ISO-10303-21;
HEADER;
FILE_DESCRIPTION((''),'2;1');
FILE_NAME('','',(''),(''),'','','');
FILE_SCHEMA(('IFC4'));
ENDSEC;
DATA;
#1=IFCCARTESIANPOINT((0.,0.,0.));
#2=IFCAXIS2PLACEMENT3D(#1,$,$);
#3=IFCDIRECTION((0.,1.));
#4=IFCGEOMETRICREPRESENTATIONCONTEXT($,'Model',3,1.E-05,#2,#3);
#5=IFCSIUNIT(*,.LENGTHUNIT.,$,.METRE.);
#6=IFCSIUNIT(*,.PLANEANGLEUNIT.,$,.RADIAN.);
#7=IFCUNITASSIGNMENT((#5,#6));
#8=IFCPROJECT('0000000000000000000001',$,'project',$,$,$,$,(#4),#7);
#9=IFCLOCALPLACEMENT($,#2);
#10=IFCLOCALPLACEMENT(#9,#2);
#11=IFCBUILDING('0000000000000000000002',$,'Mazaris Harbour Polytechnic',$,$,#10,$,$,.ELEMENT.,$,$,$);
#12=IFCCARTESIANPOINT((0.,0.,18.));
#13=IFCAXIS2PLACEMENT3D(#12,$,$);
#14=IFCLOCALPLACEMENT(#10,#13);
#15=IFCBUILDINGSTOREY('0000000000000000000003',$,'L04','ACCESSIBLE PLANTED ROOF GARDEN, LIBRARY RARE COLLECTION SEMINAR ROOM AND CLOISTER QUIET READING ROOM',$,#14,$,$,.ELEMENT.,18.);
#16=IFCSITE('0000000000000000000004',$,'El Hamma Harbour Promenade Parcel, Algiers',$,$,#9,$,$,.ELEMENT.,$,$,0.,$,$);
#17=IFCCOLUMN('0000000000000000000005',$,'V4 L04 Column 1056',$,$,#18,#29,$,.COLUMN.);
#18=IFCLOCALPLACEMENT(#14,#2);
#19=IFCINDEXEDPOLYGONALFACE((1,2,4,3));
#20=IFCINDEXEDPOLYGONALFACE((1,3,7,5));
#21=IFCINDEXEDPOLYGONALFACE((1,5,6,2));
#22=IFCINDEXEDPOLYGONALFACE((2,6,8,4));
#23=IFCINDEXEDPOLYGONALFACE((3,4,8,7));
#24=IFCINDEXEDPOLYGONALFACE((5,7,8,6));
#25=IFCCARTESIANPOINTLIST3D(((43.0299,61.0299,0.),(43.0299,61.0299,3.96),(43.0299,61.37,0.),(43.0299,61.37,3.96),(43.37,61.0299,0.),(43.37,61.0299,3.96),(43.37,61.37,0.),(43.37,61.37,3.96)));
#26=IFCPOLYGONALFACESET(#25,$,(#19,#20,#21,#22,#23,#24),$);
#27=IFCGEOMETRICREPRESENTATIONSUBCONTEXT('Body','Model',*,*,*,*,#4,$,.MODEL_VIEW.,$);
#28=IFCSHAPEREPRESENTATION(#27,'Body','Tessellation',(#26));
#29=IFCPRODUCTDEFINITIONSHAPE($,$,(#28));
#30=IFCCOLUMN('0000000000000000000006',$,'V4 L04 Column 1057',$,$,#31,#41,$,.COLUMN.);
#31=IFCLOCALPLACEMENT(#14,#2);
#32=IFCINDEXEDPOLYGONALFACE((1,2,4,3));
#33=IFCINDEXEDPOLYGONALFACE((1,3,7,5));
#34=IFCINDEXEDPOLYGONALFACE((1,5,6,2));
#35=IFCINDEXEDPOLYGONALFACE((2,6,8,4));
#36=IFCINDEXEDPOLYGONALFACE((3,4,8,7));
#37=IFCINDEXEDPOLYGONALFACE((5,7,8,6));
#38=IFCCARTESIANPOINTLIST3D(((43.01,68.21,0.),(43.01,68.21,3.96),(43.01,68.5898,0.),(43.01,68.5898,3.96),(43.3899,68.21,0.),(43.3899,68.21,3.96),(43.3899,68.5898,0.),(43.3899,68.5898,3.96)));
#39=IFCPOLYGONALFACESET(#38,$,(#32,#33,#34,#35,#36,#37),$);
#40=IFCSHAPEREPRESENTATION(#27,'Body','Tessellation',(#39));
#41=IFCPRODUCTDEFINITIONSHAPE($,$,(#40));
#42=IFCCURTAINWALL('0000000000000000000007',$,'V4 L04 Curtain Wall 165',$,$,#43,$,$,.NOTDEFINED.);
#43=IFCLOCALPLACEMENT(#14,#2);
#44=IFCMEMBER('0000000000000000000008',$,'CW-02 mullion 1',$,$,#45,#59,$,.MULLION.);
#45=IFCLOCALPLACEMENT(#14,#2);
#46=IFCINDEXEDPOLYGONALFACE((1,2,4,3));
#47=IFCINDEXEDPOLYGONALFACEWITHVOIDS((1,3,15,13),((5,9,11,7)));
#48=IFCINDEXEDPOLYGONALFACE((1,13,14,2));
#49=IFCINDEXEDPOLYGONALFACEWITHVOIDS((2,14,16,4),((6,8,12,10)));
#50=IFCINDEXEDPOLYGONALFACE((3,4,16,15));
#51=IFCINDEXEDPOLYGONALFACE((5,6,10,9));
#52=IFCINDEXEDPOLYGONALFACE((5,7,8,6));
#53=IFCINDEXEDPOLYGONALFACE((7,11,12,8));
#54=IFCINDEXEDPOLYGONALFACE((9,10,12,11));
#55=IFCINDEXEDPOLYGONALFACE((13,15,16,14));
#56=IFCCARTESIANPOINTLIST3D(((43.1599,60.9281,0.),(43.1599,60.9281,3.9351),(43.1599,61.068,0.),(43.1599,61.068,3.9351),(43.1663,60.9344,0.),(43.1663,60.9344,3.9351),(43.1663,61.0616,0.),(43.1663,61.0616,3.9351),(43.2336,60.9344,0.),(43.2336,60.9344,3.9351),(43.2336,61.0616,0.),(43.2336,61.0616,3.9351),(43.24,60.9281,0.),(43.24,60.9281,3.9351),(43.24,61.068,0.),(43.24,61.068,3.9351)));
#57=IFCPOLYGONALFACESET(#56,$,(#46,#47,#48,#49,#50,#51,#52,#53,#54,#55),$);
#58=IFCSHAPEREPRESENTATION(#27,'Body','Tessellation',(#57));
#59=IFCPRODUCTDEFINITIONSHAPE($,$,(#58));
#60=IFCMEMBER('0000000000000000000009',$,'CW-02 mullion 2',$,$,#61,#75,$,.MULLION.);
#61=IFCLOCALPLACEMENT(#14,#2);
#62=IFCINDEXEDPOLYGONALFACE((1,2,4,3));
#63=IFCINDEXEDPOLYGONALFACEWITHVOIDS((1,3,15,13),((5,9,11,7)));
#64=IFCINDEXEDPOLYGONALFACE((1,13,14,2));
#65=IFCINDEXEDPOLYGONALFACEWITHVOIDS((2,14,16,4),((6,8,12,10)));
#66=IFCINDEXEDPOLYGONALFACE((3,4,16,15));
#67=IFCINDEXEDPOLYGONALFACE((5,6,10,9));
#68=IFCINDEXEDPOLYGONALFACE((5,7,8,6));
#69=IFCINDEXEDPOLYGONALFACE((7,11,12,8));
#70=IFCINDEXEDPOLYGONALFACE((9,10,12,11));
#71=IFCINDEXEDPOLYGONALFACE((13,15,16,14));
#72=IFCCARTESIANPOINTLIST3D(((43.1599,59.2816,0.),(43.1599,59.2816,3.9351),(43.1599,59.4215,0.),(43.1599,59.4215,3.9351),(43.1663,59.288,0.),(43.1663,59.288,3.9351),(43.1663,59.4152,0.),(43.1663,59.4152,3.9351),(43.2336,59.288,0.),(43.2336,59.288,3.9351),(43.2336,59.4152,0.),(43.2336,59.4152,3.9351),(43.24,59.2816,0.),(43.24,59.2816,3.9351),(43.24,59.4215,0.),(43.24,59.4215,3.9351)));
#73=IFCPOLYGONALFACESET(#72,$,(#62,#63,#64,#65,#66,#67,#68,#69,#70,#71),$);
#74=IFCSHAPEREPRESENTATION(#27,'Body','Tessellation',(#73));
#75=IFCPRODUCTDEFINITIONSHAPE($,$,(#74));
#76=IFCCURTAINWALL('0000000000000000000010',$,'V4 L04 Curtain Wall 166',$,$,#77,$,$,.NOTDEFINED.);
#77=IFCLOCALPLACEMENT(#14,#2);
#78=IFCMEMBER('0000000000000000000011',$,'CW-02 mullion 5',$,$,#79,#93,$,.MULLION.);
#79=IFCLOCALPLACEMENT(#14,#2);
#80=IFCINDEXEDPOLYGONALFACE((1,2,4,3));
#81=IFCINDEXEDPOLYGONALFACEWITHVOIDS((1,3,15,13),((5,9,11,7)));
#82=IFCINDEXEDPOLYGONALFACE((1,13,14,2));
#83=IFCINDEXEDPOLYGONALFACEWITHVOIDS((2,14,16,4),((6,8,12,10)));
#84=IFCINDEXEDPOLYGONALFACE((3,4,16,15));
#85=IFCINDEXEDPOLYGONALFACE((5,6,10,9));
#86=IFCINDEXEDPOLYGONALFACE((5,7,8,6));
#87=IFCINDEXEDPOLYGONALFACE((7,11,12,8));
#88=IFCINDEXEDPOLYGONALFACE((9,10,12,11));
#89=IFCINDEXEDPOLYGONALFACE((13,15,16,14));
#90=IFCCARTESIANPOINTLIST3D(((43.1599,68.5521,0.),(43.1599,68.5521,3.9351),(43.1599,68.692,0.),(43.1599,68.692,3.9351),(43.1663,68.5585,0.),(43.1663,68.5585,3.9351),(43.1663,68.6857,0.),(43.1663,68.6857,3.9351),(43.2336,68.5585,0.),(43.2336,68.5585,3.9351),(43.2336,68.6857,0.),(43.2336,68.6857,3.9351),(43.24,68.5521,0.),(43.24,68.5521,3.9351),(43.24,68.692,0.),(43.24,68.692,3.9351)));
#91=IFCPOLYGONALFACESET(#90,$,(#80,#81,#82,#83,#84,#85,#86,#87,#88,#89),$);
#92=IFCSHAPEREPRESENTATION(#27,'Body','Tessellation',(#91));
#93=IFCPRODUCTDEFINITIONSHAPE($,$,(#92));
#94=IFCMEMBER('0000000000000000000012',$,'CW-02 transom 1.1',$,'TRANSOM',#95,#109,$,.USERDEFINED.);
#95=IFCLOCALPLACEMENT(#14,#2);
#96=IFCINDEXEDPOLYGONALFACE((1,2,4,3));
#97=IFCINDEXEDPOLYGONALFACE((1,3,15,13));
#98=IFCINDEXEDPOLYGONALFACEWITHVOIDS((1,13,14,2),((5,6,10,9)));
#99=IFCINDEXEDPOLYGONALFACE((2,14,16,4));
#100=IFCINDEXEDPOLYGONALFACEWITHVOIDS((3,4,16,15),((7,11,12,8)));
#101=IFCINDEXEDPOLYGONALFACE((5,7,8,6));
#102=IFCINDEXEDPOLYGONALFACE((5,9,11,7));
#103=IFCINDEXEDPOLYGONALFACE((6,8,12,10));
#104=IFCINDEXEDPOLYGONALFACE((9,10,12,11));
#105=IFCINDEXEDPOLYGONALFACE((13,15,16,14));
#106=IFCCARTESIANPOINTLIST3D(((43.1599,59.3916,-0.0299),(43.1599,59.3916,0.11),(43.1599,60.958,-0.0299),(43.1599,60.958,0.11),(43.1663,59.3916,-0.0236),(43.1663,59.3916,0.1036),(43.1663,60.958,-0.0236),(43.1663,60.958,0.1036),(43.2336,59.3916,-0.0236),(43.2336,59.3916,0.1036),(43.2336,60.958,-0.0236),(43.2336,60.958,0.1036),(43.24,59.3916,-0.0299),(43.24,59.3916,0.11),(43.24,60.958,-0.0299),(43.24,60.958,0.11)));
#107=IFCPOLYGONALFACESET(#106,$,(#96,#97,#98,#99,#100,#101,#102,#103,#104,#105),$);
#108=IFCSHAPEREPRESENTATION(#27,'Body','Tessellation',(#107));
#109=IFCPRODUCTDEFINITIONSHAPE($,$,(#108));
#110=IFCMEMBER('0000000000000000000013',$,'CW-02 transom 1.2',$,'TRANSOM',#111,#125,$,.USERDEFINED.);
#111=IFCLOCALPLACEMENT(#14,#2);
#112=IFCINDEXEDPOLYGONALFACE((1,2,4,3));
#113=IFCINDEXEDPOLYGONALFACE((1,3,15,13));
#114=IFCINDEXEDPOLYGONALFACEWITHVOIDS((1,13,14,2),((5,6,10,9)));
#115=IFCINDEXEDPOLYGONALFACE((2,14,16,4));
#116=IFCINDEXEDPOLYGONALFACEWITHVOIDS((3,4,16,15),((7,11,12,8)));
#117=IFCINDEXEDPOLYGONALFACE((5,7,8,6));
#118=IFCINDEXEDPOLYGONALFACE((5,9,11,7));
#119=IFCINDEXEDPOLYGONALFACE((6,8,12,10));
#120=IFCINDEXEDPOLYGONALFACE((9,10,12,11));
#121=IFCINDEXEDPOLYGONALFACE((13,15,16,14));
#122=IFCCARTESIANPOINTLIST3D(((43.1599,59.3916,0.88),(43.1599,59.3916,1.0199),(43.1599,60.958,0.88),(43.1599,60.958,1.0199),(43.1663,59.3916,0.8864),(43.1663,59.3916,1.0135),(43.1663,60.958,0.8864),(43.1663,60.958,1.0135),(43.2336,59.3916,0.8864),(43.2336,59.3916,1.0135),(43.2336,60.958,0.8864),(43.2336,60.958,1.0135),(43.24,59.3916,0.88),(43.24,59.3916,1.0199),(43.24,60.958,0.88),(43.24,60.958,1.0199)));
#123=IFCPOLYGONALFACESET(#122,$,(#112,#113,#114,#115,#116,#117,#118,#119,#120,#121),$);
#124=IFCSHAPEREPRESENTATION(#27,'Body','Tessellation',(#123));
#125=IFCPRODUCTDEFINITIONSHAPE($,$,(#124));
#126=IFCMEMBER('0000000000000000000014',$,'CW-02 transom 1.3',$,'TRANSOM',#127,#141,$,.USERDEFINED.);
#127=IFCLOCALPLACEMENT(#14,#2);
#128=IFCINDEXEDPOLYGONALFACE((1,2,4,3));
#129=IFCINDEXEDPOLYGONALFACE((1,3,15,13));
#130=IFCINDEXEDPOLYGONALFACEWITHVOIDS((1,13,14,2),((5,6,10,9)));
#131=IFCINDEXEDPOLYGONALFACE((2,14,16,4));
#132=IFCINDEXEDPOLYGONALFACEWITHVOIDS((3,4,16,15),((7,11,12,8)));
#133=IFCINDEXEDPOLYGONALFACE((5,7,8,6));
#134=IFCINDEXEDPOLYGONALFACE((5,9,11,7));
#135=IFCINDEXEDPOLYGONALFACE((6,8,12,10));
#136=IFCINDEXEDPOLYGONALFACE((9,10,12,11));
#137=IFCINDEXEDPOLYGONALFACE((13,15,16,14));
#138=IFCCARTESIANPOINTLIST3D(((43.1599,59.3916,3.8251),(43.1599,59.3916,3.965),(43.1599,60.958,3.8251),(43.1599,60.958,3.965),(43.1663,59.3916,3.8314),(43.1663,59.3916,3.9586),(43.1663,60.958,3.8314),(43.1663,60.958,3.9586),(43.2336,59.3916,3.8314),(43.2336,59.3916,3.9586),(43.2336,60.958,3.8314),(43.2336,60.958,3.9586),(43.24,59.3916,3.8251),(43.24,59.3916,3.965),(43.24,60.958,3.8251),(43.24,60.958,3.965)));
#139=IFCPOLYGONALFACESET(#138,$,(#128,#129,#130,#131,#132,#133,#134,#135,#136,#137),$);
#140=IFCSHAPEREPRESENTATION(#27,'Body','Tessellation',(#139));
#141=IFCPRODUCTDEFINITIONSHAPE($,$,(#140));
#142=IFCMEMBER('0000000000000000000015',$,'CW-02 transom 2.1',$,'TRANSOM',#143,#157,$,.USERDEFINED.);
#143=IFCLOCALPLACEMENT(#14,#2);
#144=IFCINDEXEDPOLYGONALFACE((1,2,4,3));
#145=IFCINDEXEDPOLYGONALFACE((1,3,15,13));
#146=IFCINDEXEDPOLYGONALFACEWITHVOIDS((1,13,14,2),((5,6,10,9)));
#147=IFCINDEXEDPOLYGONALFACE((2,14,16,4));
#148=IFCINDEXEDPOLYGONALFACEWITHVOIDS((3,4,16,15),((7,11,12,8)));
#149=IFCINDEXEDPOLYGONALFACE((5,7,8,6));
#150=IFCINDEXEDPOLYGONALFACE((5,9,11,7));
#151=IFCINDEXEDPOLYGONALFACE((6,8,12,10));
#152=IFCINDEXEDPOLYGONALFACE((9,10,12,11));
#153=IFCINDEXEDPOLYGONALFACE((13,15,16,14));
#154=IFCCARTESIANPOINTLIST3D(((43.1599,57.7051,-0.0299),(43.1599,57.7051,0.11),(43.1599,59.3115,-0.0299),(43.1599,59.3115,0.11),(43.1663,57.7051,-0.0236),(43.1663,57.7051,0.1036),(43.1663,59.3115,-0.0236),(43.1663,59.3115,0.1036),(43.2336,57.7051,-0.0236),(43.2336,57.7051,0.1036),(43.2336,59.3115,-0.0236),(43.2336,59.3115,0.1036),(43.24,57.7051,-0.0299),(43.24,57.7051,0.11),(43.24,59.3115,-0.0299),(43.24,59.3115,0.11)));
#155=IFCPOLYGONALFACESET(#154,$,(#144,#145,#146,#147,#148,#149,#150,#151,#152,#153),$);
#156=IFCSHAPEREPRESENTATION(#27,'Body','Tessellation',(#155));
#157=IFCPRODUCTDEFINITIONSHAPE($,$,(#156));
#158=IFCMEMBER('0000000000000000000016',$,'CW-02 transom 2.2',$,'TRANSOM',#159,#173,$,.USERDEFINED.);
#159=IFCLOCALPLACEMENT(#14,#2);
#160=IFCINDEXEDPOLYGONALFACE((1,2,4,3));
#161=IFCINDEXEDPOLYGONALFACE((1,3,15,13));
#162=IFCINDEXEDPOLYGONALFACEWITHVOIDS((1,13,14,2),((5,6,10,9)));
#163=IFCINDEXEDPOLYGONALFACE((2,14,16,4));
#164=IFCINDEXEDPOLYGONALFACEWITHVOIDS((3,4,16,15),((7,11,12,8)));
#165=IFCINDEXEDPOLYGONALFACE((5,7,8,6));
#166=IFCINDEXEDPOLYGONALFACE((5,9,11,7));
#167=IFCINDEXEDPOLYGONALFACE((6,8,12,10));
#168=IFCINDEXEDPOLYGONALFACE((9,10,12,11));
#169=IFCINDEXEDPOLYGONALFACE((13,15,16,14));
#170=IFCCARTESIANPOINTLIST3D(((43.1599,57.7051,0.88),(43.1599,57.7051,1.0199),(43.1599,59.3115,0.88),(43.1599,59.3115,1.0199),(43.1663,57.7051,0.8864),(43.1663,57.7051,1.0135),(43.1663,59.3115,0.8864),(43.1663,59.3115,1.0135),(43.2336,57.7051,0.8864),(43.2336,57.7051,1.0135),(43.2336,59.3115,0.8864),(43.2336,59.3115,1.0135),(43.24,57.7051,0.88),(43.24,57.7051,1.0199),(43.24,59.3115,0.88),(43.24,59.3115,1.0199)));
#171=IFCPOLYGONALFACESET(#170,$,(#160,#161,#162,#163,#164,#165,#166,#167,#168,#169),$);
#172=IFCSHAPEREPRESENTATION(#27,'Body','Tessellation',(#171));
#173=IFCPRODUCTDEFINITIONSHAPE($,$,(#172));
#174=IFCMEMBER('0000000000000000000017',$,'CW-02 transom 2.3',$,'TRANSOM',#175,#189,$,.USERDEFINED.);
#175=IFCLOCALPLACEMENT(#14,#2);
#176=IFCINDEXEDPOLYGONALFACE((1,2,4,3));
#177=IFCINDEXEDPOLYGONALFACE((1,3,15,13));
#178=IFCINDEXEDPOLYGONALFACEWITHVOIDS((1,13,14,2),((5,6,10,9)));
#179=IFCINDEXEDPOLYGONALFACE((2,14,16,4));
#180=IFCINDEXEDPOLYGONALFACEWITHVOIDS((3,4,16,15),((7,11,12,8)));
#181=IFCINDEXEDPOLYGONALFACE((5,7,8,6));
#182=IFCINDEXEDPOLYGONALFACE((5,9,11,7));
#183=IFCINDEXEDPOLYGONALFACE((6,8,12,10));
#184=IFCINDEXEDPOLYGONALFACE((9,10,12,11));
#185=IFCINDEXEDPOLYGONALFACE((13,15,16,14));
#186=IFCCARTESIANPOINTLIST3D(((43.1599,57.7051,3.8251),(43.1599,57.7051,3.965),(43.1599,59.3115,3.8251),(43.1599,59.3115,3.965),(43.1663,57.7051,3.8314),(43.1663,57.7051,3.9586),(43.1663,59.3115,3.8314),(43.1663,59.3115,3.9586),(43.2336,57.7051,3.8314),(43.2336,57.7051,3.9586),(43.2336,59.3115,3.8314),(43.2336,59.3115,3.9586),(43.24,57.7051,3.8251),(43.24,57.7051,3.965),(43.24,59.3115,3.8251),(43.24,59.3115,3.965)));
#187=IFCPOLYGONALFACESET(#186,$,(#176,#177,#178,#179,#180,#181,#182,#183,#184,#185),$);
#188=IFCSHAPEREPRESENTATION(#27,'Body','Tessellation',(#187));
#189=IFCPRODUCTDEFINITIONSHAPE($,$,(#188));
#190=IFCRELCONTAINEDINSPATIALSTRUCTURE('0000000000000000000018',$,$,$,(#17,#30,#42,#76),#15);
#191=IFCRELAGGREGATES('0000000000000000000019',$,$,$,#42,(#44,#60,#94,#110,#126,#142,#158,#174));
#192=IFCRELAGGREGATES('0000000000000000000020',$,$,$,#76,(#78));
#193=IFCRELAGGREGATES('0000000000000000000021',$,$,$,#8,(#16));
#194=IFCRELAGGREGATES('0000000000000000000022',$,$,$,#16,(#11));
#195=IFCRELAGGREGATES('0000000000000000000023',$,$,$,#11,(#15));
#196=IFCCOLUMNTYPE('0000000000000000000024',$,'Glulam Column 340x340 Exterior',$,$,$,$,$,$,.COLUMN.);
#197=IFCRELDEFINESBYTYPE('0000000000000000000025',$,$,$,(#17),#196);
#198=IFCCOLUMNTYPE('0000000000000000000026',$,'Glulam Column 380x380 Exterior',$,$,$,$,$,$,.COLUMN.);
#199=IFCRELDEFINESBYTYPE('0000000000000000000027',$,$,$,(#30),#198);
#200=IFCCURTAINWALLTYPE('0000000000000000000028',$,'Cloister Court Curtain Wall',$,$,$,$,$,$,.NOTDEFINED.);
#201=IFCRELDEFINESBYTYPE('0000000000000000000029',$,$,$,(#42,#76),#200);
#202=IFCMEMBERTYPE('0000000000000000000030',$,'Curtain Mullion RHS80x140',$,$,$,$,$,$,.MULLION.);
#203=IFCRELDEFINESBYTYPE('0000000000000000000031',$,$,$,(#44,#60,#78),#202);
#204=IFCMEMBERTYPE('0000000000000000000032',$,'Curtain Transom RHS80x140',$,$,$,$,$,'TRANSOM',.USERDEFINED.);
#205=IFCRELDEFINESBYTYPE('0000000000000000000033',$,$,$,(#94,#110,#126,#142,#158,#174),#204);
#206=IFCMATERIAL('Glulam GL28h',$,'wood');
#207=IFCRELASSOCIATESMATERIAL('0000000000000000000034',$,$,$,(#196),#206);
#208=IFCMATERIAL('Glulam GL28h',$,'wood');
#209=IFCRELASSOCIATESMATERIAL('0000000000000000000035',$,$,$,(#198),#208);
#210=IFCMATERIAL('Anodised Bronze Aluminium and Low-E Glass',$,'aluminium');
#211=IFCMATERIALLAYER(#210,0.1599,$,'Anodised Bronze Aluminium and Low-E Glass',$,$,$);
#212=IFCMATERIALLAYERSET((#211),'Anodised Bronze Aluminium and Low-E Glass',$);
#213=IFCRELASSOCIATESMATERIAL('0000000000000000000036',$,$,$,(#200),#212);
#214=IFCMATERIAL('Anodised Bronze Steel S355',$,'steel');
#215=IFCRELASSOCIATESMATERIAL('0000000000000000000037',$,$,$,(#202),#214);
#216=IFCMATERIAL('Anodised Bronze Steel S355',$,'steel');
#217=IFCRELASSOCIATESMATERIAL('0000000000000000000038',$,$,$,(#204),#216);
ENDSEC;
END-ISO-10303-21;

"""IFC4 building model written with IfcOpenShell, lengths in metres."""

from ifc_helpers import new_model, si_unit, direction, frame, origin, origin_2d, place, context, subcontext, project, spatial, rectangle, hollow_rectangle, extrude, material, layer, layer_set, material_profile, profile_set, type_object, element, aggregate, save


model = new_model("IFC4")

# Units and contexts
model_context = context("Model", 3, precision=1e-05, world=origin(), true_north=direction((0.0, 1.0)))
body_context = subcontext(model_context, "Body", "Model", "MODEL_VIEW")
ifc_project = project(units=[si_unit("LENGTHUNIT", "METRE"), si_unit("PLANEANGLEUNIT", "RADIAN")], contexts=[model_context])

# Site, building, storey
site_placement = place(None, origin())
site = spatial("IfcSite", under=ifc_project, at=site_placement, Name="El Hamma Harbour Promenade Parcel, Algiers", CompositionType="ELEMENT", RefElevation=0.0)
building_placement = place(site_placement, origin())
building = spatial("IfcBuilding", under=site, at=building_placement, Name="Mazaris Harbour Polytechnic", CompositionType="ELEMENT")
storey_placement = place(building_placement, frame((0.0, 0.0, 18.0)))
storey = spatial("IfcBuildingStorey", under=building, at=storey_placement, Name="L04", Description="ACCESSIBLE PLANTED ROOF GARDEN, LIBRARY RARE COLLECTION SEMINAR ROOM AND CLOISTER QUIET READING ROOM", CompositionType="ELEMENT", Elevation=18.0)

# Columns
ifc_material_1 = material(Name="Glulam GL28h", Category="wood")
ifc_material_profile_1 = material_profile(ifc_material_1, rectangle(XDim=0.3401, YDim=0.3401, at=origin_2d()), Name="RECT340x340")
ifc_profile_set_1 = profile_set([ifc_material_profile_1], Name="Glulam GL28h")
column_type_1 = type_object("IfcColumnType", Name="Glulam Column 340x340 Exterior", PredefinedType="COLUMN", material=ifc_profile_set_1)
column_1_placement = place(storey_placement, frame((43.2, 61.2, 0.0), z_axis=(0.0, 0.0, 1.0), x_axis=(1.0, 0.0, 0.0)))
element("IfcColumn", 1, at=column_1_placement, inside=storey, type_object=column_type_1, Name="V4 L04 Column 1056", PredefinedType="COLUMN", context=body_context, shape_type="SweptSolid", body=[
    extrude(rectangle(XDim=0.3401, YDim=0.3401, at=origin_2d()), origin(), (0.0, 0.0, 1.0), 3.96),
])
ifc_material_2 = material(Name="Glulam GL28h", Category="wood")
ifc_material_profile_2 = material_profile(ifc_material_2, rectangle(XDim=0.3799, YDim=0.3799, at=origin_2d()), Name="RECT380x380")
ifc_profile_set_2 = profile_set([ifc_material_profile_2], Name="Glulam GL28h")
column_type_2 = type_object("IfcColumnType", Name="Glulam Column 380x380 Exterior", PredefinedType="COLUMN", material=ifc_profile_set_2)
column_2_placement = place(storey_placement, frame((43.2, 68.3999, 0.0), z_axis=(0.0, 0.0, 1.0), x_axis=(1.0, 0.0, 0.0)))
element("IfcColumn", 2, at=column_2_placement, inside=storey, type_object=column_type_2, Name="V4 L04 Column 1057", PredefinedType="COLUMN", context=body_context, shape_type="SweptSolid", body=[
    extrude(rectangle(XDim=0.3799, YDim=0.3799, at=origin_2d()), origin(), (0.0, 0.0, 1.0), 3.96),
])

# Curtain wall, members
ifc_material_3 = material(Name="Anodised Bronze Aluminium and Low-E Glass", Category="aluminium")
ifc_layer_1 = layer(ifc_material_3, 0.1599, Name="Anodised Bronze Aluminium and Low-E Glass")
ifc_layer_set_1 = layer_set([ifc_layer_1], Name="Anodised Bronze Aluminium and Low-E Glass")
curtain_wall_type = type_object("IfcCurtainWallType", Name="Cloister Court Curtain Wall", PredefinedType="NOTDEFINED", material=ifc_layer_set_1)
curtain_wall_1_placement = place(storey_placement, origin())
curtain_wall_1 = element("IfcCurtainWall", 3, at=curtain_wall_1_placement, inside=storey, type_object=curtain_wall_type, Name="V4 L04 Curtain Wall 165", PredefinedType="NOTDEFINED")
ifc_material_4 = material(Name="Anodised Bronze Steel S355", Category="steel")
ifc_material_profile_3 = material_profile(ifc_material_4, hollow_rectangle(XDim=0.0801, YDim=0.1399, WallThickness=0.0063, at=origin_2d()), Name="RHS 80x140x6.3")
ifc_profile_set_3 = profile_set([ifc_material_profile_3], Name="Anodised Bronze Steel S355")
member_type_1 = type_object("IfcMemberType", Name="Curtain Mullion RHS80x140", PredefinedType="MULLION", material=ifc_profile_set_3)
member_1_placement = place(storey_placement, frame((43.2, 60.998, 0.0), z_axis=(0.0, 0.0, 1.0), x_axis=(1.0, 0.0, 0.0)))
member_1 = element("IfcMember", 4, at=member_1_placement, type_object=member_type_1, Name="CW-02 mullion 1", PredefinedType="MULLION", context=body_context, shape_type="SweptSolid", body=[
    extrude(hollow_rectangle(XDim=0.0801, YDim=0.1399, WallThickness=0.0063, at=origin_2d()), origin(), (0.0, 0.0, 1.0), 3.9351),
])
member_2_placement = place(storey_placement, frame((43.2, 59.3516, 0.0), z_axis=(0.0, 0.0, 1.0), x_axis=(1.0, 0.0, 0.0)))
member_2 = element("IfcMember", 5, at=member_2_placement, type_object=member_type_1, Name="CW-02 mullion 2", PredefinedType="MULLION", context=body_context, shape_type="SweptSolid", body=[
    extrude(hollow_rectangle(XDim=0.0801, YDim=0.1399, WallThickness=0.0063, at=origin_2d()), origin(), (0.0, 0.0, 1.0), 3.9351),
])

# Curtain wall, member
curtain_wall_2_placement = place(storey_placement, origin())
curtain_wall_2 = element("IfcCurtainWall", 6, at=curtain_wall_2_placement, inside=storey, type_object=curtain_wall_type, Name="V4 L04 Curtain Wall 166", PredefinedType="NOTDEFINED")
member_3_placement = place(storey_placement, frame((43.2, 68.6221, 0.0), z_axis=(0.0, 0.0, 1.0), x_axis=(1.0, 0.0, 0.0)))
member_3 = element("IfcMember", 7, at=member_3_placement, type_object=member_type_1, Name="CW-02 mullion 5", PredefinedType="MULLION", context=body_context, shape_type="SweptSolid", body=[
    extrude(hollow_rectangle(XDim=0.0801, YDim=0.1399, WallThickness=0.0063, at=origin_2d()), origin(), (0.0, 0.0, 1.0), 3.9351),
])

# Members
ifc_material_5 = material(Name="Anodised Bronze Steel S355", Category="steel")
ifc_material_profile_4 = material_profile(ifc_material_5, hollow_rectangle(XDim=0.0801, YDim=0.1399, WallThickness=0.0063, at=origin_2d()), Name="RHS 80x140x6.3")
ifc_profile_set_4 = profile_set([ifc_material_profile_4], Name="Anodised Bronze Steel S355")
member_type_2 = type_object("IfcMemberType", Name="Curtain Transom RHS80x140", ElementType="TRANSOM", PredefinedType="USERDEFINED", material=ifc_profile_set_4)
member_4_placement = place(storey_placement, frame((43.2, 60.958, 0.04), z_axis=(0.0, -1.0, 0.0), x_axis=(1.0, 0.0, 0.0)))
member_4 = element("IfcMember", 8, at=member_4_placement, type_object=member_type_2, Name="CW-02 transom 1.1", ObjectType="TRANSOM", PredefinedType="USERDEFINED", context=body_context, shape_type="SweptSolid", body=[
    extrude(hollow_rectangle(XDim=0.0801, YDim=0.1399, WallThickness=0.0063, at=origin_2d()), origin(), (0.0, 0.0, 1.0), 1.5664),
])
member_5_placement = place(storey_placement, frame((43.2, 60.958, 0.95), z_axis=(0.0, -1.0, 0.0), x_axis=(1.0, 0.0, 0.0)))
member_5 = element("IfcMember", 9, at=member_5_placement, type_object=member_type_2, Name="CW-02 transom 1.2", ObjectType="TRANSOM", PredefinedType="USERDEFINED", context=body_context, shape_type="SweptSolid", body=[
    extrude(hollow_rectangle(XDim=0.0801, YDim=0.1399, WallThickness=0.0063, at=origin_2d()), origin(), (0.0, 0.0, 1.0), 1.5664),
])
member_6_placement = place(storey_placement, frame((43.2, 60.958, 3.895), z_axis=(0.0, -1.0, 0.0), x_axis=(1.0, 0.0, 0.0)))
member_6 = element("IfcMember", 10, at=member_6_placement, type_object=member_type_2, Name="CW-02 transom 1.3", ObjectType="TRANSOM", PredefinedType="USERDEFINED", context=body_context, shape_type="SweptSolid", body=[
    extrude(hollow_rectangle(XDim=0.0801, YDim=0.1399, WallThickness=0.0063, at=origin_2d()), origin(), (0.0, 0.0, 1.0), 1.5664),
])
member_7_placement = place(storey_placement, frame((43.2, 59.3115, 0.04), z_axis=(0.0, -1.0, 0.0), x_axis=(1.0, 0.0, 0.0)))
member_7 = element("IfcMember", 11, at=member_7_placement, type_object=member_type_2, Name="CW-02 transom 2.1", ObjectType="TRANSOM", PredefinedType="USERDEFINED", context=body_context, shape_type="SweptSolid", body=[
    extrude(hollow_rectangle(XDim=0.0801, YDim=0.1399, WallThickness=0.0063, at=origin_2d()), origin(), (0.0, 0.0, 1.0), 1.6064),
])
member_8_placement = place(storey_placement, frame((43.2, 59.3115, 0.95), z_axis=(0.0, -1.0, 0.0), x_axis=(1.0, 0.0, 0.0)))
member_8 = element("IfcMember", 12, at=member_8_placement, type_object=member_type_2, Name="CW-02 transom 2.2", ObjectType="TRANSOM", PredefinedType="USERDEFINED", context=body_context, shape_type="SweptSolid", body=[
    extrude(hollow_rectangle(XDim=0.0801, YDim=0.1399, WallThickness=0.0063, at=origin_2d()), origin(), (0.0, 0.0, 1.0), 1.6064),
])
member_9_placement = place(storey_placement, frame((43.2, 59.3115, 3.895), z_axis=(0.0, -1.0, 0.0), x_axis=(1.0, 0.0, 0.0)))
member_9 = element("IfcMember", 13, at=member_9_placement, type_object=member_type_2, Name="CW-02 transom 2.3", ObjectType="TRANSOM", PredefinedType="USERDEFINED", context=body_context, shape_type="SweptSolid", body=[
    extrude(hollow_rectangle(XDim=0.0801, YDim=0.1399, WallThickness=0.0063, at=origin_2d()), origin(), (0.0, 0.0, 1.0), 1.6064),
])

aggregate(curtain_wall_1, [member_1, member_2, member_4, member_5, member_6, member_7, member_8, member_9])
aggregate(curtain_wall_2, [member_3])

save(model, "model.ifc")
